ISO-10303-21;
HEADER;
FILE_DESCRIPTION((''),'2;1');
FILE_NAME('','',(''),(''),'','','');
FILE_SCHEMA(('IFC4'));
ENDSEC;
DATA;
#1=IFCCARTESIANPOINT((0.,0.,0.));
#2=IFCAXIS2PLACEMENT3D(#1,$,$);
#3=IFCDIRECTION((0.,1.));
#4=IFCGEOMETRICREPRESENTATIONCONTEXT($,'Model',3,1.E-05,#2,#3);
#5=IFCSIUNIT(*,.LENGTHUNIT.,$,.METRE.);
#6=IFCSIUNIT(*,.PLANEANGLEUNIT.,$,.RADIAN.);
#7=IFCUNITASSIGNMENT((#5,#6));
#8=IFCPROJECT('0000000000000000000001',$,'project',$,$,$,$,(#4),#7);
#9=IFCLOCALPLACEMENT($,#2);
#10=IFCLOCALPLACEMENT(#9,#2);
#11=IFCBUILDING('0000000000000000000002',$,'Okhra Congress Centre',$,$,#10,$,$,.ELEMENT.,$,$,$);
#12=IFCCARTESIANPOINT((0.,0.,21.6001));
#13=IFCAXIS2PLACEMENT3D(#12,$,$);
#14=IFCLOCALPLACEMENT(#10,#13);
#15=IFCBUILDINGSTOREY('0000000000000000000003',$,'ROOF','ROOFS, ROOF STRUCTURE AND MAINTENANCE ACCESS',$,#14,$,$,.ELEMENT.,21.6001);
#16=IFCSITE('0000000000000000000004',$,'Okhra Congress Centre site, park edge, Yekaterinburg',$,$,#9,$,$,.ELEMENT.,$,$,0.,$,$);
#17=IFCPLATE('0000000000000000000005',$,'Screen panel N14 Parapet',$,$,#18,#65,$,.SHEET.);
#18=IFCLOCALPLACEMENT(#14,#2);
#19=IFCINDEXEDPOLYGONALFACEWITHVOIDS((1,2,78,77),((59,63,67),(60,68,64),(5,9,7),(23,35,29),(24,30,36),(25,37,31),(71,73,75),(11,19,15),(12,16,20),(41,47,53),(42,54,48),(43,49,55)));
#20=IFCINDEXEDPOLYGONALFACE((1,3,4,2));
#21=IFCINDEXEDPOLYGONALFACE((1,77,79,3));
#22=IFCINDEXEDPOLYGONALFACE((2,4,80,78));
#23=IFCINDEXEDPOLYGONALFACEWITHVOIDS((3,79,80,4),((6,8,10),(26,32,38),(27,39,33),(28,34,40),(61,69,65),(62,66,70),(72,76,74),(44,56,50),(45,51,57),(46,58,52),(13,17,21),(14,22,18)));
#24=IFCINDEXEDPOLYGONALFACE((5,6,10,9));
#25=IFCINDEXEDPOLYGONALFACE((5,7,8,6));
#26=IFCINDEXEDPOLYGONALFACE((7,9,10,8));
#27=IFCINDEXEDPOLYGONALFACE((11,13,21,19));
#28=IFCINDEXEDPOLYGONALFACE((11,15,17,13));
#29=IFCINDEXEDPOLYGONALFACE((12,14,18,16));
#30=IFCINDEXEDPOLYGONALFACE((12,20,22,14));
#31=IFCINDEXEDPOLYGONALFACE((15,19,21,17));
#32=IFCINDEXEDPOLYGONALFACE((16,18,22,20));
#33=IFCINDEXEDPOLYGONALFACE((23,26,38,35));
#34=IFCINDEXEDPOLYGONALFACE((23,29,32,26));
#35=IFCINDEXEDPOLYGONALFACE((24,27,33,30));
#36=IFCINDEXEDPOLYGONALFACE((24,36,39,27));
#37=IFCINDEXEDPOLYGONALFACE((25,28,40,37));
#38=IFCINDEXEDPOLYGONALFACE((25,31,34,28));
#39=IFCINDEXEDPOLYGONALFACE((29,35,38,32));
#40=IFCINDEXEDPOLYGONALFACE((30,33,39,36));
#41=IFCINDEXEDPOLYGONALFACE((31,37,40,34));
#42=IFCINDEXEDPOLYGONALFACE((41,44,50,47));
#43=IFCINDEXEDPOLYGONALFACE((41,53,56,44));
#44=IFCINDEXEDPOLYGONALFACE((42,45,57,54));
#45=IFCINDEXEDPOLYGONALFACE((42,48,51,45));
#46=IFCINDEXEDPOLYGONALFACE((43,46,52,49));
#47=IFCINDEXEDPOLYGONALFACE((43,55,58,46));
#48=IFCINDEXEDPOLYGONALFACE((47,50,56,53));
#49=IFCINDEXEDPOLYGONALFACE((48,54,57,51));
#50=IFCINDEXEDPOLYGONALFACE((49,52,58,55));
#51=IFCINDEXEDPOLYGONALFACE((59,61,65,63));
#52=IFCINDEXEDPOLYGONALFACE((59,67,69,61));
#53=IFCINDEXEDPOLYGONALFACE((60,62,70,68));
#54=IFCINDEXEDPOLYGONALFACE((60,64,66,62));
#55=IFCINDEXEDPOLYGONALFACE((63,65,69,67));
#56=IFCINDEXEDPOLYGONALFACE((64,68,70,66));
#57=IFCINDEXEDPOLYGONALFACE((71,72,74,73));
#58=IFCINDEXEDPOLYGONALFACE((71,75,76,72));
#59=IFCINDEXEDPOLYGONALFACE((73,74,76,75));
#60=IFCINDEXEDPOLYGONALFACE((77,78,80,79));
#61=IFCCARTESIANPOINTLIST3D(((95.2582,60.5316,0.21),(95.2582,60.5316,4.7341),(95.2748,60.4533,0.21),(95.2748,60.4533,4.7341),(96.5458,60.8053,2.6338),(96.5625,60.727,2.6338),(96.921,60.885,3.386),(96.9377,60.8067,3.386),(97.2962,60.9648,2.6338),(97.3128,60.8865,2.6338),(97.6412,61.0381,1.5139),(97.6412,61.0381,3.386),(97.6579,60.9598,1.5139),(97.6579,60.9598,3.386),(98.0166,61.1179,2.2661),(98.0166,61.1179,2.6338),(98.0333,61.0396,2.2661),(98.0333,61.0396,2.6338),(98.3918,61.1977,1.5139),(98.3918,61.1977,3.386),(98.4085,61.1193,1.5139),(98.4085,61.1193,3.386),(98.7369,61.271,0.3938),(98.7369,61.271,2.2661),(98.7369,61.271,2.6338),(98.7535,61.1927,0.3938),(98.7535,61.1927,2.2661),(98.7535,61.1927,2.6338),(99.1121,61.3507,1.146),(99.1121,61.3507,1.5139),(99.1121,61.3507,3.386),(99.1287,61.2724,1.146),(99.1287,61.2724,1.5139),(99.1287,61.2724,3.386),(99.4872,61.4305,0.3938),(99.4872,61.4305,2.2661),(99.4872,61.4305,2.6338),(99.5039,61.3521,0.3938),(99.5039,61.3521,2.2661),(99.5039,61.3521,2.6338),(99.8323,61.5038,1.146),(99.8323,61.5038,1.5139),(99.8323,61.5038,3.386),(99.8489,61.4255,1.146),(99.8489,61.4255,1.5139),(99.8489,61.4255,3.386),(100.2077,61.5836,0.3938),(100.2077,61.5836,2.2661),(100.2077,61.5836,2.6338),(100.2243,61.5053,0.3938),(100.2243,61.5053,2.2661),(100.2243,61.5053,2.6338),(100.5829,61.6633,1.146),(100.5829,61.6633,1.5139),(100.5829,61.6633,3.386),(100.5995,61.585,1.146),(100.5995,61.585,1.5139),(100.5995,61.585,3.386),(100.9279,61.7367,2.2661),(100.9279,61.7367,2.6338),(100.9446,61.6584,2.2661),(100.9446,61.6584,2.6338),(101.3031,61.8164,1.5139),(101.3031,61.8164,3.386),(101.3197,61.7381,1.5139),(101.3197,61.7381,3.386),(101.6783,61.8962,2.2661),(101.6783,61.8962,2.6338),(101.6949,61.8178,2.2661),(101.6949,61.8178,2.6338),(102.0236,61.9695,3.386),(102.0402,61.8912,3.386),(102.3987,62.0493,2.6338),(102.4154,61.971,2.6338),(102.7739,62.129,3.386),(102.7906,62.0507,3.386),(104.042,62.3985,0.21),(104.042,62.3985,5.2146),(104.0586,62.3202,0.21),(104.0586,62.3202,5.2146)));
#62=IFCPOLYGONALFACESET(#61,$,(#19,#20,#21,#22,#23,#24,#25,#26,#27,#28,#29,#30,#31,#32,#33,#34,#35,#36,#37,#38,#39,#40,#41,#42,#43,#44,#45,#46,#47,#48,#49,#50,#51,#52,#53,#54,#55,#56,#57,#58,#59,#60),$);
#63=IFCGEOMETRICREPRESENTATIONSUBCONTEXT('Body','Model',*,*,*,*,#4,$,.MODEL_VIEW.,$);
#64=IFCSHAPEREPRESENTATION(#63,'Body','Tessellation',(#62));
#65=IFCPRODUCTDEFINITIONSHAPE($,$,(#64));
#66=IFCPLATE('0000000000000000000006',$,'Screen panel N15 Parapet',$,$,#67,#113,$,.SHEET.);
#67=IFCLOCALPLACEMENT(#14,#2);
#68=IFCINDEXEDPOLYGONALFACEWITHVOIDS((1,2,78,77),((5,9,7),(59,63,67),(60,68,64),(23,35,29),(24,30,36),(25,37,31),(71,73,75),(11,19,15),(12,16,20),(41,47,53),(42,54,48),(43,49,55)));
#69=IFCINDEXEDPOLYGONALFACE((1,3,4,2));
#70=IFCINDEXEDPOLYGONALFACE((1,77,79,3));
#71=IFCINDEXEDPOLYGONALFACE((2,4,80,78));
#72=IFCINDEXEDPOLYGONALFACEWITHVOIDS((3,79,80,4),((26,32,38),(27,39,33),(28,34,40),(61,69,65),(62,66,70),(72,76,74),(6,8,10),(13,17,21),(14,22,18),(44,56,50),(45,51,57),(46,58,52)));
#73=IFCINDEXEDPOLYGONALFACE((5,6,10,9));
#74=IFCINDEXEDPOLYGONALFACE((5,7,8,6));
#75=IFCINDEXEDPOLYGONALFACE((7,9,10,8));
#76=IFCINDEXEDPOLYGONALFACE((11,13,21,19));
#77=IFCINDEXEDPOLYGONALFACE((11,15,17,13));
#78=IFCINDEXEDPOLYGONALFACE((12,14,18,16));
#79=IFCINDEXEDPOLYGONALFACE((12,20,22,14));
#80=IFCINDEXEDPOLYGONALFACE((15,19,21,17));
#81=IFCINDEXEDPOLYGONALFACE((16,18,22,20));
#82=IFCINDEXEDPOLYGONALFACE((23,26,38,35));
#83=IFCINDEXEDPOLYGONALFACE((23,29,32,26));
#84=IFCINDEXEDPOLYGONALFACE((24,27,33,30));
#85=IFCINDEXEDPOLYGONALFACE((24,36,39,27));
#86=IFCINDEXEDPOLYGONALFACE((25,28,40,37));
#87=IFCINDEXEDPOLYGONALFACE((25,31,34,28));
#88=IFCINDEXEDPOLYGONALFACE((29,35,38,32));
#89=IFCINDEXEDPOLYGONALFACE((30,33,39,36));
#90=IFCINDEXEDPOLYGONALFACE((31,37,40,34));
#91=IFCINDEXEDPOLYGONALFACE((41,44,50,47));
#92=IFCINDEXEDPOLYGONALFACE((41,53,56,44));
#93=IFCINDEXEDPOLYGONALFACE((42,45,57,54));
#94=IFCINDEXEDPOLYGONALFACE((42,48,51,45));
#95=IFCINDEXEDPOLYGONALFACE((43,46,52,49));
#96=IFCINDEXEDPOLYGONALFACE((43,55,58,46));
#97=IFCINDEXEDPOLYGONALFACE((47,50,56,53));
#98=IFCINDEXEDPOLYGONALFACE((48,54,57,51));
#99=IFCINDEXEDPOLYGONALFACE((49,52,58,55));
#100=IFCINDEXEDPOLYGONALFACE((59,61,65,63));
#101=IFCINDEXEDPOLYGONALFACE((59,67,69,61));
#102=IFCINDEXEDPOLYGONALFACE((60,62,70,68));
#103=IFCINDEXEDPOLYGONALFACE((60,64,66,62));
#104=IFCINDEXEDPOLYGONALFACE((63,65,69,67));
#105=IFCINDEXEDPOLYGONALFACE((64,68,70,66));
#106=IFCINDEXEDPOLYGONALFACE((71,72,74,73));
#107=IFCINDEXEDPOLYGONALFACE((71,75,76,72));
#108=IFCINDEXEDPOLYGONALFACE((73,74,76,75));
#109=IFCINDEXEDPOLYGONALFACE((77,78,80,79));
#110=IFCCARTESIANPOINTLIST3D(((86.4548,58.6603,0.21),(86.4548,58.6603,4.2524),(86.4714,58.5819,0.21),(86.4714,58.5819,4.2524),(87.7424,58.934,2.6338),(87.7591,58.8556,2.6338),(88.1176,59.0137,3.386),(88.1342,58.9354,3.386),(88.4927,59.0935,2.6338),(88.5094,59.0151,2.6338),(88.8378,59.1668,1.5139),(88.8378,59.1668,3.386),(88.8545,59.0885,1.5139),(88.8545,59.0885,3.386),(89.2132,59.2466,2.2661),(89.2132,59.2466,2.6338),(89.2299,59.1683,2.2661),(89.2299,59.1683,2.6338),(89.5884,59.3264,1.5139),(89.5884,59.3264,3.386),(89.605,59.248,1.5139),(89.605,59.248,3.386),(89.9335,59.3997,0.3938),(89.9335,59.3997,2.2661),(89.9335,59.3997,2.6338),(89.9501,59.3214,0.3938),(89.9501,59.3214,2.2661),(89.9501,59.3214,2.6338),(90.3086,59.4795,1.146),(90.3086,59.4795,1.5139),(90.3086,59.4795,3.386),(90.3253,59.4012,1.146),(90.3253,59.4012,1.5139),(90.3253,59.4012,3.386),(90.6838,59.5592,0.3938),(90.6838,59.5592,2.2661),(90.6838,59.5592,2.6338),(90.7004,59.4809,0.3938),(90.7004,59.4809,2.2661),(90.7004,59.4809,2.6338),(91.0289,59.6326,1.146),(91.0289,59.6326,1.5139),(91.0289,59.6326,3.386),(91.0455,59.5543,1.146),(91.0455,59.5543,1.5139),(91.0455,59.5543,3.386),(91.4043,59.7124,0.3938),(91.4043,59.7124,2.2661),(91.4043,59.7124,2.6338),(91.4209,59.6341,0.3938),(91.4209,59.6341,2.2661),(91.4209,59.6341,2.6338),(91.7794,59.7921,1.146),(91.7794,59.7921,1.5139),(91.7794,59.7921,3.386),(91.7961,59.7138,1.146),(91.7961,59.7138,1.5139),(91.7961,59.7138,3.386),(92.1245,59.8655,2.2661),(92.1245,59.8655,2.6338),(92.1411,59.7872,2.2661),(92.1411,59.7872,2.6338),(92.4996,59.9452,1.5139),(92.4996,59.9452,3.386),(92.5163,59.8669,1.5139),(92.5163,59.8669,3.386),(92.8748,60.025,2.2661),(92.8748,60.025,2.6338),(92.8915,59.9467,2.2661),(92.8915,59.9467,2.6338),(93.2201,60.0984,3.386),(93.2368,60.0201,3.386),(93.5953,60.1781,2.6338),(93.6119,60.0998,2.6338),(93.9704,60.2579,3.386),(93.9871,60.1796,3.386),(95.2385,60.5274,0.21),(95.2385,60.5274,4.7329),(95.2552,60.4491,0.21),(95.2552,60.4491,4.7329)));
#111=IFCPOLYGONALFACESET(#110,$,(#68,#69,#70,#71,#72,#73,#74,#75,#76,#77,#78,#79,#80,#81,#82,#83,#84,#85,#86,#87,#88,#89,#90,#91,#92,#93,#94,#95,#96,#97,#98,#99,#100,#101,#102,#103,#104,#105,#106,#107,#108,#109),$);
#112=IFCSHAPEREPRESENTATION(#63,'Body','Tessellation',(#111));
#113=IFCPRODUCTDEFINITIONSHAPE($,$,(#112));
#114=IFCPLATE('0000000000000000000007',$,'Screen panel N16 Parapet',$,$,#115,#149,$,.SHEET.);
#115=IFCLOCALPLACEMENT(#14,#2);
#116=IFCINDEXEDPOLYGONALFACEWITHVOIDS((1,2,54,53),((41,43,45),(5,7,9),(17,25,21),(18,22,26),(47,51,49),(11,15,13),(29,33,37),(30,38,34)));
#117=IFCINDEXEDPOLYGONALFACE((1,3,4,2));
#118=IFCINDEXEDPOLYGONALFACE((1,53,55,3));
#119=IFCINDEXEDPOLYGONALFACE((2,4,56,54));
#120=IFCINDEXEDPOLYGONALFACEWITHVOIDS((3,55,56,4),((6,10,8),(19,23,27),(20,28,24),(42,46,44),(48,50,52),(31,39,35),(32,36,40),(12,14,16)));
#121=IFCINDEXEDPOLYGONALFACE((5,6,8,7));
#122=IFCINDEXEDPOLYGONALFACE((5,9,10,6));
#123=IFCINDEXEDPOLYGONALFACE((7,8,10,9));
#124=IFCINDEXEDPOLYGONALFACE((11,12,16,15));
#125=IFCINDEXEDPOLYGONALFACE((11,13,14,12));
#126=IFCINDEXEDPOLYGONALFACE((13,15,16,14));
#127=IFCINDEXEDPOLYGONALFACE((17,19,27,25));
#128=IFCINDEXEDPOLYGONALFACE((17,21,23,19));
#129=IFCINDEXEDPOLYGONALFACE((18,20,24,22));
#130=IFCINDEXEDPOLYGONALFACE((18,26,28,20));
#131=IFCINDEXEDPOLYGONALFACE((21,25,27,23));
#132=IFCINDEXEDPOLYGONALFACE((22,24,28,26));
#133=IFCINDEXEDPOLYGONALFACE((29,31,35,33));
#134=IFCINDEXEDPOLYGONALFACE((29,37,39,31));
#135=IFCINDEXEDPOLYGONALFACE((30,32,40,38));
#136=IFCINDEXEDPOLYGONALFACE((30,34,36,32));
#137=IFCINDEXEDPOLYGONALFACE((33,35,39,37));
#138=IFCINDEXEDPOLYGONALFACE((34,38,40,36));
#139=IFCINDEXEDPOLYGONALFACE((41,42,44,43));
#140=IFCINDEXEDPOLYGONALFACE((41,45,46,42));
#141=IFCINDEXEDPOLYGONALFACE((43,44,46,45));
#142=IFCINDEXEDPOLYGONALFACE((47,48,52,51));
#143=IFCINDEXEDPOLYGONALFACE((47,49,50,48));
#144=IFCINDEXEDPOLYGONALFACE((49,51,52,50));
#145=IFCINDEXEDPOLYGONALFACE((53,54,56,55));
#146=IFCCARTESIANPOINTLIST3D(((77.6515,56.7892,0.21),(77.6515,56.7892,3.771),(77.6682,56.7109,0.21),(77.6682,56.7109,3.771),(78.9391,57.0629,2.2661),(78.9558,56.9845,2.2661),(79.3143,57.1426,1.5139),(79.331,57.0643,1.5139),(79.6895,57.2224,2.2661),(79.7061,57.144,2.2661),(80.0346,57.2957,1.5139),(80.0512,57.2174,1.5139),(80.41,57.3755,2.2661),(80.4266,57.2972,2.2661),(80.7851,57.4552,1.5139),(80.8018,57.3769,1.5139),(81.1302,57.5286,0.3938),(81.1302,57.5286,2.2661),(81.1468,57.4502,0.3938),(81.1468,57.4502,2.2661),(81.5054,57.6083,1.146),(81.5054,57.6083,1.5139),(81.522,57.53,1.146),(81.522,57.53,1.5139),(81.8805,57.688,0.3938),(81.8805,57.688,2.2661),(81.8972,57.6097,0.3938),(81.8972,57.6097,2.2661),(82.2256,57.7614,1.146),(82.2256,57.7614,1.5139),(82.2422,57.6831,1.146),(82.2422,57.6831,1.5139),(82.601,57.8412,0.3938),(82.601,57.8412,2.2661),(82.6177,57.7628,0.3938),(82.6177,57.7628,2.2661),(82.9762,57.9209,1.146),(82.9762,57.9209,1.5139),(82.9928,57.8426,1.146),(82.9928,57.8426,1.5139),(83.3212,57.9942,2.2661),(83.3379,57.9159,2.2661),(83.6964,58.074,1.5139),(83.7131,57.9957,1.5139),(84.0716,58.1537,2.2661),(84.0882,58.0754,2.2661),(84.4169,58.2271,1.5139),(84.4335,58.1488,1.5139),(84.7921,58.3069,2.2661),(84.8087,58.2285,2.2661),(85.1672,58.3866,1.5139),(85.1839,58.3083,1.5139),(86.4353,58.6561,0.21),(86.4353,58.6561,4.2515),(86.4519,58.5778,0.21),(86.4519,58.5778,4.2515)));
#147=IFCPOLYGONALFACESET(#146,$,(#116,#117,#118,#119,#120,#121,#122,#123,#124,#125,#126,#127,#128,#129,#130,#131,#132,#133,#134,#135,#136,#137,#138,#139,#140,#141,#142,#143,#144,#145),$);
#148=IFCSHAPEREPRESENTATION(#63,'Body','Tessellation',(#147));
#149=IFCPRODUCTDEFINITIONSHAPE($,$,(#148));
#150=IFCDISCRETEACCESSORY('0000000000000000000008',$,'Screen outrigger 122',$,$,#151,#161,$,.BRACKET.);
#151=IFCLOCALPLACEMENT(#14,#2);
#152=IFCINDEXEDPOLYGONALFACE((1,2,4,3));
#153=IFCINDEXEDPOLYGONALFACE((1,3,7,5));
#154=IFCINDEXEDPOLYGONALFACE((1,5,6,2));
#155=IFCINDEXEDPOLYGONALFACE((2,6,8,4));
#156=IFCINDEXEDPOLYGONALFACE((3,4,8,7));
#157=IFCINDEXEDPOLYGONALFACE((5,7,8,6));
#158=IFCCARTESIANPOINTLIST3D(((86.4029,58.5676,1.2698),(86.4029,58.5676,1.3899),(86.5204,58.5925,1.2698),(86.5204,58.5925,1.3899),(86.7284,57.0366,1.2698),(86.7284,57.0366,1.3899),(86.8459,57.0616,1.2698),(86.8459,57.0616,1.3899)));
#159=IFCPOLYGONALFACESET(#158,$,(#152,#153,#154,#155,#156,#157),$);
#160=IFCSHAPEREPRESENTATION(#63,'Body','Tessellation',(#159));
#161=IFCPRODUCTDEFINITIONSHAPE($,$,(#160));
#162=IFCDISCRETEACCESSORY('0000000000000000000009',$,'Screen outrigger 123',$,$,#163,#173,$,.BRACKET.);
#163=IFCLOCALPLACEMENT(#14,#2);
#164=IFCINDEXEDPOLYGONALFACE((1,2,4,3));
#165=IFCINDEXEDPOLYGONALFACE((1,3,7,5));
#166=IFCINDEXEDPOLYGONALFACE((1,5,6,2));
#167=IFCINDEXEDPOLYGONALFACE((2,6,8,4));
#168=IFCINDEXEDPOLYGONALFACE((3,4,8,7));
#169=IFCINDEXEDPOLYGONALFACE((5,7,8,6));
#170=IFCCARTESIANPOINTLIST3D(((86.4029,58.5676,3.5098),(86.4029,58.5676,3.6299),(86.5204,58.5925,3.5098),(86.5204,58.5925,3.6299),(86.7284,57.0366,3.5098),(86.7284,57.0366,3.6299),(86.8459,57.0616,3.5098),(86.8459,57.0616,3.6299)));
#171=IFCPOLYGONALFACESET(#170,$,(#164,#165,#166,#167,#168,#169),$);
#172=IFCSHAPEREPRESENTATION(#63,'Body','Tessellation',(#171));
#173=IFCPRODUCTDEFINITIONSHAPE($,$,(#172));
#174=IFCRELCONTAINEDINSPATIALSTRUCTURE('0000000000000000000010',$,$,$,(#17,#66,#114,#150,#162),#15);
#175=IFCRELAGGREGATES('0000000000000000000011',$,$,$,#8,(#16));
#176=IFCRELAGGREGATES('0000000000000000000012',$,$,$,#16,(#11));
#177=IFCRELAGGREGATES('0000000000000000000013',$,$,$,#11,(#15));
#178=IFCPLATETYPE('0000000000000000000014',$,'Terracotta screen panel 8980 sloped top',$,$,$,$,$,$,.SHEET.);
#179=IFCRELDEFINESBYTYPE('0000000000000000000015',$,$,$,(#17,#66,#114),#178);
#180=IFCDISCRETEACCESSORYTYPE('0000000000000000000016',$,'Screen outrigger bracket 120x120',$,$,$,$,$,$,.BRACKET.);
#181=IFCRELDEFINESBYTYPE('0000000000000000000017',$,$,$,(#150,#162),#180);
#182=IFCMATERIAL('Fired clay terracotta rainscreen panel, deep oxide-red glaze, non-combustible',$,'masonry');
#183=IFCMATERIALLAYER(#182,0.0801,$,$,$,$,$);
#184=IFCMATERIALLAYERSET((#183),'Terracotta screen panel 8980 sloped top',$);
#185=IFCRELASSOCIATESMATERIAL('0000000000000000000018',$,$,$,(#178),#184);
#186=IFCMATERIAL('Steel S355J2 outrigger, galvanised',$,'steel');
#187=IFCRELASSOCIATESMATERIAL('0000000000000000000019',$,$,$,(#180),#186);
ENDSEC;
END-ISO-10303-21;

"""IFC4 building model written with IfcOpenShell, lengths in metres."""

from ifc_helpers import new_model, si_unit, direction, frame, origin, origin_2d, place, context, subcontext, project, spatial, polyline, rectangle, outline, extrude, material, layer, layer_set, material_profile, profile_set, type_object, element, save


model = new_model("IFC4")

# Units and contexts
model_context = context("Model", 3, precision=1e-05, world=origin(), true_north=direction((0.0, 1.0)))
body_context = subcontext(model_context, "Body", "Model", "MODEL_VIEW")
ifc_project = project(units=[si_unit("LENGTHUNIT", "METRE"), si_unit("PLANEANGLEUNIT", "RADIAN")], contexts=[model_context])

# Site, building, storey
site_placement = place(None, origin())
site = spatial("IfcSite", under=ifc_project, at=site_placement, Name="Okhra Congress Centre site, park edge, Yekaterinburg", CompositionType="ELEMENT", RefElevation=0.0)
building_placement = place(site_placement, origin())
building = spatial("IfcBuilding", under=site, at=building_placement, Name="Okhra Congress Centre", CompositionType="ELEMENT")
storey_placement = place(building_placement, frame((0.0, 0.0, 21.6001)))
storey = spatial("IfcBuildingStorey", under=building, at=storey_placement, Name="ROOF", Description="ROOFS, ROOF STRUCTURE AND MAINTENANCE ACCESS", CompositionType="ELEMENT", Elevation=21.6001)

# Plates
ifc_material_1 = material(Name="Fired clay terracotta rainscreen panel, deep oxide-red glaze, non-combustible", Category="masonry")
ifc_layer = layer(ifc_material_1, 0.0801)
ifc_layer_set = layer_set([ifc_layer], Name="Terracotta screen panel 8980 sloped top")
plate_type = type_object("IfcPlateType", Name="Terracotta screen panel 8980 sloped top", PredefinedType="SHEET", material=ifc_layer_set)
plate_1_placement = place(storey_placement, frame((104.0503, 62.3594, 0.21), z_axis=(0.0, 0.0, 1.0), x_axis=(-0.978151, -0.207897, 0.0)))
element("IfcPlate", 1, at=plate_1_placement, inside=storey, type_object=plate_type, Name="Screen panel N14 Parapet", PredefinedType="SHEET", context=body_context, shape_type="SweptSolid", body=[
    extrude(outline(polyline([(0.0, 0.0), (8.98, 0.0), (8.98, 4.5242), (0.0, 5.0046), (0.0, 0.0)]), holes=[polyline([(3.5364, 0.936), (3.9199, 0.1838), (4.3037, 0.936), (3.5364, 0.936)]), polyline([(4.6565, 0.1838), (5.4236, 0.1838), (5.04, 0.936), (4.6565, 0.1838)]), polyline([(2.4165, 2.0562), (2.8, 1.304), (3.1836, 2.0562), (2.4165, 2.0562)]), polyline([(3.5364, 1.304), (4.3037, 1.304), (3.9199, 2.0562), (3.5364, 1.304)]), polyline([(4.6565, 2.0562), (5.04, 1.304), (5.4236, 2.0562), (4.6565, 2.0562)]), polyline([(5.7764, 1.304), (6.5437, 1.304), (6.1599, 2.0562), (5.7764, 1.304)]), polyline([(1.2964, 3.176), (1.6799, 2.4238), (2.0635, 3.176), (1.2964, 3.176)]), polyline([(2.4165, 2.4238), (3.1836, 2.4238), (2.8, 3.176), (2.4165, 2.4238)]), polyline([(3.5364, 3.176), (3.9199, 2.4238), (4.3037, 3.176), (3.5364, 3.176)]), polyline([(4.6565, 2.4238), (5.4236, 2.4238), (5.04, 3.176), (4.6565, 2.4238)]), polyline([(5.7764, 3.176), (6.1599, 2.4238), (6.5437, 3.176), (5.7764, 3.176)]), polyline([(6.8965, 2.4238), (7.6636, 2.4238), (7.28, 3.176), (6.8965, 2.4238)])]), frame((0.0, 0.04, 0.0), z_axis=(0.0, -1.0, 0.0), x_axis=(1.0, 0.0, 0.0)), (0.0, 0.0, 1.0), 0.0801),
])
plate_2_placement = place(storey_placement, frame((95.2468, 60.4883, 0.21), z_axis=(0.0, 0.0, 1.0), x_axis=(-0.978144, -0.207928, 0.0)))
element("IfcPlate", 2, at=plate_2_placement, inside=storey, type_object=plate_type, Name="Screen panel N15 Parapet", PredefinedType="SHEET", context=body_context, shape_type="SweptSolid", body=[
    extrude(outline(polyline([(0.0, 0.0), (8.98, 0.0), (8.98, 4.0425), (0.0, 4.5229), (0.0, 0.0)]), holes=[polyline([(3.5364, 0.936), (3.9199, 0.1838), (4.3037, 0.936), (3.5364, 0.936)]), polyline([(4.6565, 0.1838), (5.4236, 0.1838), (5.04, 0.936), (4.6565, 0.1838)]), polyline([(2.4165, 2.0562), (2.8, 1.304), (3.1836, 2.0562), (2.4165, 2.0562)]), polyline([(3.5364, 1.304), (4.3037, 1.304), (3.9199, 2.0562), (3.5364, 1.304)]), polyline([(4.6565, 2.0562), (5.04, 1.304), (5.4236, 2.0562), (4.6565, 2.0562)]), polyline([(5.7764, 1.304), (6.5437, 1.304), (6.1599, 2.0562), (5.7764, 1.304)]), polyline([(1.2964, 3.176), (1.6799, 2.4238), (2.0635, 3.176), (1.2964, 3.176)]), polyline([(2.4165, 2.4238), (3.1836, 2.4238), (2.8, 3.176), (2.4165, 2.4238)]), polyline([(3.5364, 3.176), (3.9199, 2.4238), (4.3037, 3.176), (3.5364, 3.176)]), polyline([(4.6565, 2.4238), (5.4236, 2.4238), (5.04, 3.176), (4.6565, 2.4238)]), polyline([(5.7764, 3.176), (6.1599, 2.4238), (6.5437, 3.176), (5.7764, 3.176)]), polyline([(6.8965, 2.4238), (7.6636, 2.4238), (7.28, 3.176), (6.8965, 2.4238)])]), frame((0.0, 0.04, 0.0), z_axis=(0.0, -1.0, 0.0), x_axis=(1.0, 0.0, 0.0)), (0.0, 0.0, 1.0), 0.0801),
])
plate_3_placement = place(storey_placement, frame((86.4436, 58.6169, 0.21), z_axis=(0.0, 0.0, 1.0), x_axis=(-0.978151, -0.207897, 0.0)))
element("IfcPlate", 3, at=plate_3_placement, inside=storey, type_object=plate_type, Name="Screen panel N16 Parapet", PredefinedType="SHEET", context=body_context, shape_type="SweptSolid", body=[
    extrude(outline(polyline([(0.0, 0.0), (8.98, 0.0), (8.98, 3.561), (0.0, 4.0415), (0.0, 0.0)]), holes=[polyline([(3.5364, 0.936), (3.9199, 0.1838), (4.3037, 0.936), (3.5364, 0.936)]), polyline([(4.6565, 0.1838), (5.4236, 0.1838), (5.04, 0.936), (4.6565, 0.1838)]), polyline([(1.2964, 1.304), (2.0635, 1.304), (1.6799, 2.0562), (1.2964, 1.304)]), polyline([(2.4165, 2.0562), (2.8, 1.304), (3.1836, 2.0562), (2.4165, 2.0562)]), polyline([(3.5364, 1.304), (4.3037, 1.304), (3.9199, 2.0562), (3.5364, 1.304)]), polyline([(4.6565, 2.0562), (5.04, 1.304), (5.4236, 2.0562), (4.6565, 2.0562)]), polyline([(5.7764, 1.304), (6.5437, 1.304), (6.1599, 2.0562), (5.7764, 1.304)]), polyline([(6.8965, 2.0562), (7.28, 1.304), (7.6636, 2.0562), (6.8965, 2.0562)])]), frame((0.0, 0.04, 0.0), z_axis=(0.0, -1.0, 0.0), x_axis=(1.0, 0.0, 0.0)), (0.0, 0.0, 1.0), 0.0801),
])

# Discrete accessories
ifc_material_2 = material(Name="Steel S355J2 outrigger, galvanised", Category="steel")
ifc_material_profile_1 = material_profile(ifc_material_2, rectangle(XDim=0.1201, YDim=0.1201, at=origin_2d()), Name="Screen outrigger bracket 120x120")
ifc_profile_set_1 = profile_set([ifc_material_profile_1], Name="Steel S355J2 outrigger, galvanised")
discrete_accessory_type = type_object("IfcDiscreteAccessoryType", Name="Screen outrigger bracket 120x120", PredefinedType="BRACKET", material=ifc_profile_set_1)
for number, where, z_axis, x_axis, name in (
    (4, (86.7871, 57.0491, 1.3298), (-0.20792, 0.978146, 0.0), (-0.978146, -0.20792, 0.0), "Screen outrigger 122"),
    (5, (86.7871, 57.0491, 3.5698), (-0.20792, 0.978146, 0.0), (-0.978146, -0.20792, 0.0), "Screen outrigger 123"),
):
    element("IfcDiscreteAccessory", number, at=place(storey_placement, frame(where, z_axis=z_axis, x_axis=x_axis)), inside=storey, type_object=discrete_accessory_type, Name=name, PredefinedType="BRACKET", context=body_context, shape_type="SweptSolid", body=[
        extrude(rectangle(XDim=0.1201, YDim=0.1201, at=origin_2d()), origin(), (0.0, 0.0, 1.0), 1.5652),
    ])

save(model, "model.ifc")
